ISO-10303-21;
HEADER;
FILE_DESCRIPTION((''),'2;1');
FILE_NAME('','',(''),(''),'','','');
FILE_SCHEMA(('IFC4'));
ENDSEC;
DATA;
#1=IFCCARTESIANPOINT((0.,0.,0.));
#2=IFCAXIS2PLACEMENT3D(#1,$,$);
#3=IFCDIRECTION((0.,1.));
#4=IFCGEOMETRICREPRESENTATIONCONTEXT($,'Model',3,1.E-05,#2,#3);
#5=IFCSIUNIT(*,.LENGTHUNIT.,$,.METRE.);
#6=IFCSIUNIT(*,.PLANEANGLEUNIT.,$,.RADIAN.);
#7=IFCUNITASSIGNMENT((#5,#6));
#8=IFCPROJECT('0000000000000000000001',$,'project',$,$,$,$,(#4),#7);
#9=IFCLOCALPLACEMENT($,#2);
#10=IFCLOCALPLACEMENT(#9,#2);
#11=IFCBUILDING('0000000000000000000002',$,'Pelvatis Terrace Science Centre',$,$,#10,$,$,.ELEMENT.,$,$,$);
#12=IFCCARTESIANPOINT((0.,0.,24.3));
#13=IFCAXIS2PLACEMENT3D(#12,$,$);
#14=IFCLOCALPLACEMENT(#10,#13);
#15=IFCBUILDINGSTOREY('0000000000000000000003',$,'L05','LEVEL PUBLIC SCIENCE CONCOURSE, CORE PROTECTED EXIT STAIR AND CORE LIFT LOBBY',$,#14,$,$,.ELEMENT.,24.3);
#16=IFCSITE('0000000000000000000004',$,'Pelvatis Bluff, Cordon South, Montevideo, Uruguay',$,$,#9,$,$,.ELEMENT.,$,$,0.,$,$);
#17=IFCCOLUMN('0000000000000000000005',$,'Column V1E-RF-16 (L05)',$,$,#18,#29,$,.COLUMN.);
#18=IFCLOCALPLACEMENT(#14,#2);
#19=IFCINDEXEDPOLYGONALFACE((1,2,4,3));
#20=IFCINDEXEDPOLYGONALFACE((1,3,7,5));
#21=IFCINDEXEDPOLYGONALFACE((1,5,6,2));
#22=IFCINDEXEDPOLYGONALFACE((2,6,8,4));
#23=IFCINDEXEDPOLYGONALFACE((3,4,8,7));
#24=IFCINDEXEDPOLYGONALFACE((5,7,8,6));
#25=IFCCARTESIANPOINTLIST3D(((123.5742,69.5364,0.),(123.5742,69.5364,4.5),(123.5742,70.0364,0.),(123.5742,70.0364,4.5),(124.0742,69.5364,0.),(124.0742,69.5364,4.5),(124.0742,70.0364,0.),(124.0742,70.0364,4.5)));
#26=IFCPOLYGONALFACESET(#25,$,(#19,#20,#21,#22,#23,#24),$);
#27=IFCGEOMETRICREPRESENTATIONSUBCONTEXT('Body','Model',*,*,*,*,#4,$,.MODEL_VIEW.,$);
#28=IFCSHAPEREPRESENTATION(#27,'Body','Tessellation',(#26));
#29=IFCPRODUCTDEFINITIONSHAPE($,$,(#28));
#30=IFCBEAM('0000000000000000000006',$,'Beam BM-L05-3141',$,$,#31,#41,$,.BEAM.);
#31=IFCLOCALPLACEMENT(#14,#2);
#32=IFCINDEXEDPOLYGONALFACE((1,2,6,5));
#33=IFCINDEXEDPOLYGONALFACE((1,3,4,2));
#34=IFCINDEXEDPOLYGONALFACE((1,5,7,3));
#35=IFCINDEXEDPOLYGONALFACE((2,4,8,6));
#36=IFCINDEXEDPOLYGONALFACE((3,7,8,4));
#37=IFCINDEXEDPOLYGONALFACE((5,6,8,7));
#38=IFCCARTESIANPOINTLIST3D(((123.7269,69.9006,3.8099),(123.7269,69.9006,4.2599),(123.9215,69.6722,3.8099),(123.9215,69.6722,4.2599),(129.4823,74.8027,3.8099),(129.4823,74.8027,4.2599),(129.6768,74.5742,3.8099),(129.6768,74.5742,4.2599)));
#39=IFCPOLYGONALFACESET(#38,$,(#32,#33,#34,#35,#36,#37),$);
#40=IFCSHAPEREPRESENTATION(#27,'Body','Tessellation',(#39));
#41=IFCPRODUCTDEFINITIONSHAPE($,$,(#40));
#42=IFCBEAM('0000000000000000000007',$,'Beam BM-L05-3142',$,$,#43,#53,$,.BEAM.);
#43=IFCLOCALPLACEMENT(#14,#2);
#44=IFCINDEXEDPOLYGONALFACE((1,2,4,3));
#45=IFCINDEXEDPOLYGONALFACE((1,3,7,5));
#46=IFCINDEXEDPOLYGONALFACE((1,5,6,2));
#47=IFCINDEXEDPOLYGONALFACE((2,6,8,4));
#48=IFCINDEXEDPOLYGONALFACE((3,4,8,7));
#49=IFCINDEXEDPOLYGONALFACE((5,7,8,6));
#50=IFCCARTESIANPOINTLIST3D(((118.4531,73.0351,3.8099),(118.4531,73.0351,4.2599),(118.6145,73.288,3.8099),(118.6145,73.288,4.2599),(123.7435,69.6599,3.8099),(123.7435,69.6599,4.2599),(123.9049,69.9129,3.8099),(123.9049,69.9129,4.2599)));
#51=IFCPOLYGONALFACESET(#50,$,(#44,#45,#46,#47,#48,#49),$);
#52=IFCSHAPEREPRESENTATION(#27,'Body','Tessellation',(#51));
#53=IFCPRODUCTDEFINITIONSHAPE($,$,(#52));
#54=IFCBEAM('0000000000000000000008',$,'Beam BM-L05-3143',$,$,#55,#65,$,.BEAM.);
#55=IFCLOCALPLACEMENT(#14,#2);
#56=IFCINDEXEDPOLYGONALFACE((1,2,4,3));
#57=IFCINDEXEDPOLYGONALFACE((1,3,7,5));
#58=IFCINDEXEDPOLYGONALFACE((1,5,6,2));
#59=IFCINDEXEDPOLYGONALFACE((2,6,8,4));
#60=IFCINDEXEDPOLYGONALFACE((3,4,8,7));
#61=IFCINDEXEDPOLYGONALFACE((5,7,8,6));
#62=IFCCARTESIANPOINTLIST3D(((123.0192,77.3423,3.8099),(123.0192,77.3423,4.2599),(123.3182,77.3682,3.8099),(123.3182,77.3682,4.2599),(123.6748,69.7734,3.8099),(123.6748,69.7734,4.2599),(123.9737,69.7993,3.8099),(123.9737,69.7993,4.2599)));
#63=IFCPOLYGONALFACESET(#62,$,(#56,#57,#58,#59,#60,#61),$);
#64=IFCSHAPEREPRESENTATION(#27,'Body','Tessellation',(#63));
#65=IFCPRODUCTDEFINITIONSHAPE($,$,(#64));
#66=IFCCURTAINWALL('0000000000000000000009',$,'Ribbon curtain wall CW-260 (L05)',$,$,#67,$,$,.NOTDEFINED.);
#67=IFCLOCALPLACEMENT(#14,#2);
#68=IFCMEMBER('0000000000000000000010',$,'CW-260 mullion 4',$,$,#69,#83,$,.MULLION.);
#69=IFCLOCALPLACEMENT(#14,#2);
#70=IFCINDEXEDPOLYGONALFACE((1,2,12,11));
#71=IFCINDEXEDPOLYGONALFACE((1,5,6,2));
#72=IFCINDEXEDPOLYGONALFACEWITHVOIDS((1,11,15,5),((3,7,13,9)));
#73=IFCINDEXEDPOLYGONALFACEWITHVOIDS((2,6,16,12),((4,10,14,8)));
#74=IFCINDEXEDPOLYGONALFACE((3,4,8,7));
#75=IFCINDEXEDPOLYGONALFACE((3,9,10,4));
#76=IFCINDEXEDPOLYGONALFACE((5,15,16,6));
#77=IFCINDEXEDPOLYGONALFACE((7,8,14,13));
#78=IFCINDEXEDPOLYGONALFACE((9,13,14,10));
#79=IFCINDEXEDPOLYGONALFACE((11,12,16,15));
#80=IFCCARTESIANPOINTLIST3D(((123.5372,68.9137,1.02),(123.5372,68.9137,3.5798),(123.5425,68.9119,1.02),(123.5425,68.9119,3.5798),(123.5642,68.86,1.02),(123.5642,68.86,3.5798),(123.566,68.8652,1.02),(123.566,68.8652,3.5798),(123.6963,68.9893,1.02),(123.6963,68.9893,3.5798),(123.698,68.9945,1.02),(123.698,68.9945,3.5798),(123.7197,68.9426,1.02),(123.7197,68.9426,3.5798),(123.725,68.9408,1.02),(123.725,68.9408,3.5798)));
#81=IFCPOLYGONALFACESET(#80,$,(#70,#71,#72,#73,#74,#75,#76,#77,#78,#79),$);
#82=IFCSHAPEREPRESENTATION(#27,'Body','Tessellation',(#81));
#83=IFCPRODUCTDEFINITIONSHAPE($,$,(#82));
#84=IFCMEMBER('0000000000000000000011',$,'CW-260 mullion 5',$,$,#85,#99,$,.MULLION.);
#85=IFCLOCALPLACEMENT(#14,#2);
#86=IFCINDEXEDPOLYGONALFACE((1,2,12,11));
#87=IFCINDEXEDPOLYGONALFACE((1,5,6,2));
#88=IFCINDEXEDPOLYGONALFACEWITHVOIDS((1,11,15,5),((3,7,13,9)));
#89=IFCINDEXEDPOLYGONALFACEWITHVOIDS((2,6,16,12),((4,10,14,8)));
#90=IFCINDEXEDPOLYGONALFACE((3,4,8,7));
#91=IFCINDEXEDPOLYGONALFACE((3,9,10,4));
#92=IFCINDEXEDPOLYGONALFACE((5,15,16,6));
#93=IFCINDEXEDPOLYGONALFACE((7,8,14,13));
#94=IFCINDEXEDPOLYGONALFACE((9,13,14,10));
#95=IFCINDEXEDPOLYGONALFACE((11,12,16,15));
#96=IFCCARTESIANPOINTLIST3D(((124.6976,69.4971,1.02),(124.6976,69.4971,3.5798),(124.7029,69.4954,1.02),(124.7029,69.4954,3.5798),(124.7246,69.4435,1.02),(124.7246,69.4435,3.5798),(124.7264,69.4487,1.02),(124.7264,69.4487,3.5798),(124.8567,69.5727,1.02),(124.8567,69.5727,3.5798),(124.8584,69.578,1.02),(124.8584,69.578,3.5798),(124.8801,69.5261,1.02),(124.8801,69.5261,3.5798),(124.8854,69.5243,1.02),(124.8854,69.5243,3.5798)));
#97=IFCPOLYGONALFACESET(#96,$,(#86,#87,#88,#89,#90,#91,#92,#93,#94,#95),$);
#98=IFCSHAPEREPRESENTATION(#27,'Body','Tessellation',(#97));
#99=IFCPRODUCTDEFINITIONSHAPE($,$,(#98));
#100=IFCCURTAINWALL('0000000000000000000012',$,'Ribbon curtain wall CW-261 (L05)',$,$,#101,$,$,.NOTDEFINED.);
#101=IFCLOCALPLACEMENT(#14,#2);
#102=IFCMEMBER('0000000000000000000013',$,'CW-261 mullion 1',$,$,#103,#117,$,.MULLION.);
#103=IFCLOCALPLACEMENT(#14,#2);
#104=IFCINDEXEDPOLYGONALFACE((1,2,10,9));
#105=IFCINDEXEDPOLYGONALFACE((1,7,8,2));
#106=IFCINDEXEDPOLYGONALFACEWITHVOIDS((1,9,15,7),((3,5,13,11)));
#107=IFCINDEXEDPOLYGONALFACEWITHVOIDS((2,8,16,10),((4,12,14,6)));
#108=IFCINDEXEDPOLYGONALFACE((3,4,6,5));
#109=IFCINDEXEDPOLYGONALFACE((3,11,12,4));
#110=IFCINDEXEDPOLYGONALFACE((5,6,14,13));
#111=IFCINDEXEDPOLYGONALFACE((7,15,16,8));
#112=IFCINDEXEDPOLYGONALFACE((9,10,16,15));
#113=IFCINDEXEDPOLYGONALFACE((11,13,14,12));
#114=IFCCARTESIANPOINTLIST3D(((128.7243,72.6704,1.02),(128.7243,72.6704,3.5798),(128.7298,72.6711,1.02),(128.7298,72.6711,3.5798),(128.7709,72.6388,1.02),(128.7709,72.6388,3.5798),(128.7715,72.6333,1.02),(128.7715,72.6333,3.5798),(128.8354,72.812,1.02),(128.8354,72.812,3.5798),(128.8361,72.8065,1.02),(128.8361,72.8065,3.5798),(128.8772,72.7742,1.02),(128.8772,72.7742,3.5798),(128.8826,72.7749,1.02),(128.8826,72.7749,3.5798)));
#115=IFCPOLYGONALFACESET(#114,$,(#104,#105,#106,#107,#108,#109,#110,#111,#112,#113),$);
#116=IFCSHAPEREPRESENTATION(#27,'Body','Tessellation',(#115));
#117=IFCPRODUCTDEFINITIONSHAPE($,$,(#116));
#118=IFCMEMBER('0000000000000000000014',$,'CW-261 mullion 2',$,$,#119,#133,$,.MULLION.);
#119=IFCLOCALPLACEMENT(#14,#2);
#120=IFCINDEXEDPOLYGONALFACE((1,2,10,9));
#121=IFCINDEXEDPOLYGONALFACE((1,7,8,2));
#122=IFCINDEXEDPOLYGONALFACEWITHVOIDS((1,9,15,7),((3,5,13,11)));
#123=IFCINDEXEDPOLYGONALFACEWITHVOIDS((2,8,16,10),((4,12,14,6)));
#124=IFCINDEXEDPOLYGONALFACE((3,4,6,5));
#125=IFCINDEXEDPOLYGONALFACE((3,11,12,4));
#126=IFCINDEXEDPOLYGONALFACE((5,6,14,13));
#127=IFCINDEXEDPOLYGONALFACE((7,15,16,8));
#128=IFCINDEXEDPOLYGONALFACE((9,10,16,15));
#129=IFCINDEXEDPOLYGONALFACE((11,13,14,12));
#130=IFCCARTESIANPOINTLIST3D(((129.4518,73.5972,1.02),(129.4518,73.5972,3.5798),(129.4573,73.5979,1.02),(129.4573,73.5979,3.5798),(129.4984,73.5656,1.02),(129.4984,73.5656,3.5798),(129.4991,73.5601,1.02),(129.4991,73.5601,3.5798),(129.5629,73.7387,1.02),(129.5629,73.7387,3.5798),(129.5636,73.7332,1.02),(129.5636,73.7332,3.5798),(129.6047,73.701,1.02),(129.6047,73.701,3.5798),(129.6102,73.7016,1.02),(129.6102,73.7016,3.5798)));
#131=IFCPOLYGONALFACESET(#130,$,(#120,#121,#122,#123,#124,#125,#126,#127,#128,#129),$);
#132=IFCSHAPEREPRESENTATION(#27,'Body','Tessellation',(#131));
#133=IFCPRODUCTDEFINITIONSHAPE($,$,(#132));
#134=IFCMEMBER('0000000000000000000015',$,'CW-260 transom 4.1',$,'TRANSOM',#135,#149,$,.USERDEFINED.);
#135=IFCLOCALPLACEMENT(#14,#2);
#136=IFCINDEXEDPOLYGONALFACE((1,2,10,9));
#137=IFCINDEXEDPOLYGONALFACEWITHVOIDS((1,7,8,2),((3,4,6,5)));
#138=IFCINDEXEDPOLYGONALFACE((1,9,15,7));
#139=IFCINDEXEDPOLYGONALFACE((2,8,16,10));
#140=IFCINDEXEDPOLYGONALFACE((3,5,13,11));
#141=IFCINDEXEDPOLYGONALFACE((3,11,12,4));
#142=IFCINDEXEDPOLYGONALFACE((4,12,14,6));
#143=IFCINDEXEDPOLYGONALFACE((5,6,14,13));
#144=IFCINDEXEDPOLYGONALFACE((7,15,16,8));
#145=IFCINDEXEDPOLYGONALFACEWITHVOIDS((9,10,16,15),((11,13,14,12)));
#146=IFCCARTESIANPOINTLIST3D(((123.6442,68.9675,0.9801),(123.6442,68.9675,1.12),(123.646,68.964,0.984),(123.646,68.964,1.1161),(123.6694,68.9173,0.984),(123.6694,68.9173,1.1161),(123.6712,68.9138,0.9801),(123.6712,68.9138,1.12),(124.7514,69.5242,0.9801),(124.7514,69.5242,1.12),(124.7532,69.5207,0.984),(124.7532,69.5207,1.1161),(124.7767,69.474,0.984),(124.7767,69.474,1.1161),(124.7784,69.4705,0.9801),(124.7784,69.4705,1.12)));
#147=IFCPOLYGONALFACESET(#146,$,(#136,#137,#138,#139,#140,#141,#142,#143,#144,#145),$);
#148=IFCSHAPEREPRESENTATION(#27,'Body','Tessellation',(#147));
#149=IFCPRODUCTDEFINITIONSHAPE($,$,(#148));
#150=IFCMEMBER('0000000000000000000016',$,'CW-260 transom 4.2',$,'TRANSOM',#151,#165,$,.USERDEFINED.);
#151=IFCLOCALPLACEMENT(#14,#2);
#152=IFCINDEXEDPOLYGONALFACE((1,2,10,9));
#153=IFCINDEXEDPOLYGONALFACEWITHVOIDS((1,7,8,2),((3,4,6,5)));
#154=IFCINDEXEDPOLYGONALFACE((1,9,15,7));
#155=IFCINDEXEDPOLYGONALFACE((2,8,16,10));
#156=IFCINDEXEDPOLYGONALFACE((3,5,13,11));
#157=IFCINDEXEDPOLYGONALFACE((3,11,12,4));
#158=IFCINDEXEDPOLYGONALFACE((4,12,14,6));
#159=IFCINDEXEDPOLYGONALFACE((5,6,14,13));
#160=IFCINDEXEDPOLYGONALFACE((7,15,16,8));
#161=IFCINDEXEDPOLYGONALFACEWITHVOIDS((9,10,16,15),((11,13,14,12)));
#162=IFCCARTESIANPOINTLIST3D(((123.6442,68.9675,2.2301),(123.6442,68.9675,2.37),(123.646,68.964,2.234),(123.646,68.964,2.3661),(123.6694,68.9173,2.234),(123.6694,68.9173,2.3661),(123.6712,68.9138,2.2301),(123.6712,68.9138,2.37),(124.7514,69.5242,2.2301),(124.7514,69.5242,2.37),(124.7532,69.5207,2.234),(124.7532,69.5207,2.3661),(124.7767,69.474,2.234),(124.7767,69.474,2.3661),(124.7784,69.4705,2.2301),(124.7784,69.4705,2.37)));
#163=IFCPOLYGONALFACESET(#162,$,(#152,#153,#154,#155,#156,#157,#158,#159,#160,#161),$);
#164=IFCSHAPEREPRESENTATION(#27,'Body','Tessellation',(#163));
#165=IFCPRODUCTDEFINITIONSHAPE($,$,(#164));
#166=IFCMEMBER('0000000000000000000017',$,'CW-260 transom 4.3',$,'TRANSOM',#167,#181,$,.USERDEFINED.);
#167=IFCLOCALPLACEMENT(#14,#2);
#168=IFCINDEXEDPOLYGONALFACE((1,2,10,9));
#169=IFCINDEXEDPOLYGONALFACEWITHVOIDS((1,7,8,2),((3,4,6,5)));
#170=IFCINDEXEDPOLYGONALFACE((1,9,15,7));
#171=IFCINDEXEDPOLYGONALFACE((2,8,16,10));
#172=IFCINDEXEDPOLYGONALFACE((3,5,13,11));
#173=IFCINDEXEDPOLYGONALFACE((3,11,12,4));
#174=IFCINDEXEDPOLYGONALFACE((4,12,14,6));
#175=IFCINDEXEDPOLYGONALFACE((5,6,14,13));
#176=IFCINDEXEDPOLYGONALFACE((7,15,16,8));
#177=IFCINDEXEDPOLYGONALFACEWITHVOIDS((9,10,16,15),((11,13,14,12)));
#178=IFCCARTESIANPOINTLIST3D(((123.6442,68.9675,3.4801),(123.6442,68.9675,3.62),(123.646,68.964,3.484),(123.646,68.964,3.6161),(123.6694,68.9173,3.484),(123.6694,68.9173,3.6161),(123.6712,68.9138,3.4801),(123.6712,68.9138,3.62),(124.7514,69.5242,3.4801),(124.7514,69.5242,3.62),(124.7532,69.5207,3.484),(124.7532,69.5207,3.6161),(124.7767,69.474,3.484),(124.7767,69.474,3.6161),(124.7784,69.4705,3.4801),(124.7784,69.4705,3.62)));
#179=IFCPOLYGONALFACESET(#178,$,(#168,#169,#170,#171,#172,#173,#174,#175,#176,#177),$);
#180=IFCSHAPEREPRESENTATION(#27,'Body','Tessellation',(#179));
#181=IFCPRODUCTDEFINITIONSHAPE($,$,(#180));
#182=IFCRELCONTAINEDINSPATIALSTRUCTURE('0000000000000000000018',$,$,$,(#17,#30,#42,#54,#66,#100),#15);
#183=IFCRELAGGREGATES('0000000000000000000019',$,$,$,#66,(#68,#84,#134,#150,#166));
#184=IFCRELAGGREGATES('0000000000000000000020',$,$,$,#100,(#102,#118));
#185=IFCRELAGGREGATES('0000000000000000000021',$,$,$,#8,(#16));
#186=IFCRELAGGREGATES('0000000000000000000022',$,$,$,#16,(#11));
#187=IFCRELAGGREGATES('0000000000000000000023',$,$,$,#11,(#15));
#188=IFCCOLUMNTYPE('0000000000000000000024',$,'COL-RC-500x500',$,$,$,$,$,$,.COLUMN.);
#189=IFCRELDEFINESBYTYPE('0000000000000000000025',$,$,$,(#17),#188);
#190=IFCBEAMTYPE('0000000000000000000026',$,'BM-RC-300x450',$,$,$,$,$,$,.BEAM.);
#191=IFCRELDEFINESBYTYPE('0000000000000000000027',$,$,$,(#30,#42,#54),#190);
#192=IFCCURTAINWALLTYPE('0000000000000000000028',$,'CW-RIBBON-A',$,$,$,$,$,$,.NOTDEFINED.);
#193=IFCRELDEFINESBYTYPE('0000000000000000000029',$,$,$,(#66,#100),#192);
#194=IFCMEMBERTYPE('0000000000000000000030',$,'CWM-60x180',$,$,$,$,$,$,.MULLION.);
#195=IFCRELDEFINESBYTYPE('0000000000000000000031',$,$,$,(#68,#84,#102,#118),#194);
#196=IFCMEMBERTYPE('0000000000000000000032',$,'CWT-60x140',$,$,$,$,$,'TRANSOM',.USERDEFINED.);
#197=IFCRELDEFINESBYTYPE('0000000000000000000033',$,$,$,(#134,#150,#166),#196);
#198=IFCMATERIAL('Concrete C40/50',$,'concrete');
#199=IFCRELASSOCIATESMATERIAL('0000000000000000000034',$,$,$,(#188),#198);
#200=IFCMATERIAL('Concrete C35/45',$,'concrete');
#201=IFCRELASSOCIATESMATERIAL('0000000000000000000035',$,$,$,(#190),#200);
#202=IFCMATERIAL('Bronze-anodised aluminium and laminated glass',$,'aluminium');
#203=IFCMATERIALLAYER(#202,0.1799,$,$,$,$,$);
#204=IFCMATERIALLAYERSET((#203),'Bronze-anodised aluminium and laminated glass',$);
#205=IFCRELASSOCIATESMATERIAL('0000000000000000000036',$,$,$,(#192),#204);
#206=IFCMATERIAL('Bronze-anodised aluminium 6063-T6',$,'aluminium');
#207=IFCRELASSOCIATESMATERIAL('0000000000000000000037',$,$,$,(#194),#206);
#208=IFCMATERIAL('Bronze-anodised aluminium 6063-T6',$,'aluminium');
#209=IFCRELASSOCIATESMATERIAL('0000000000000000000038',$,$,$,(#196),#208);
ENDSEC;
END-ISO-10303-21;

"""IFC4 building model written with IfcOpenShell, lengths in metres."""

from ifc_helpers import new_model, si_unit, direction, frame, origin, origin_2d, place, context, subcontext, project, spatial, rectangle, hollow_rectangle, extrude, material, layer, layer_set, material_profile, profile_set, type_object, element, aggregate, save


model = new_model("IFC4")

# Units and contexts
model_context = context("Model", 3, precision=1e-05, world=origin(), true_north=direction((0.0, 1.0)))
body_context = subcontext(model_context, "Body", "Model", "MODEL_VIEW")
ifc_project = project(units=[si_unit("LENGTHUNIT", "METRE"), si_unit("PLANEANGLEUNIT", "RADIAN")], contexts=[model_context])

# Site, building, storey
site_placement = place(None, origin())
site = spatial("IfcSite", under=ifc_project, at=site_placement, Name="Pelvatis Bluff, Cordon South, Montevideo, Uruguay", CompositionType="ELEMENT", RefElevation=0.0)
building_placement = place(site_placement, origin())
building = spatial("IfcBuilding", under=site, at=building_placement, Name="Pelvatis Terrace Science Centre", CompositionType="ELEMENT")
storey_placement = place(building_placement, frame((0.0, 0.0, 24.3)))
storey = spatial("IfcBuildingStorey", under=building, at=storey_placement, Name="L05", Description="LEVEL PUBLIC SCIENCE CONCOURSE, CORE PROTECTED EXIT STAIR AND CORE LIFT LOBBY", CompositionType="ELEMENT", Elevation=24.3)

# Column
ifc_material_1 = material(Name="Concrete C40/50", Category="concrete")
ifc_material_profile_1 = material_profile(ifc_material_1, rectangle(XDim=0.5, YDim=0.5, at=origin_2d()), Name="RC-COL 500x500")
ifc_profile_set_1 = profile_set([ifc_material_profile_1], Name="Concrete C40/50")
column_type = type_object("IfcColumnType", Name="COL-RC-500x500", PredefinedType="COLUMN", material=ifc_profile_set_1)
column_placement = place(storey_placement, frame((123.8242, 69.7864, 0.0), z_axis=(0.0, 0.0, 1.0), x_axis=(1.0, 0.0, 0.0)))
element("IfcColumn", 1, at=column_placement, inside=storey, type_object=column_type, Name="Column V1E-RF-16 (L05)", PredefinedType="COLUMN", context=body_context, shape_type="SweptSolid", body=[
    extrude(rectangle(XDim=0.5, YDim=0.5, at=origin_2d()), origin(), (0.0, 0.0, 1.0), 4.5),
])

# Beams
ifc_material_2 = material(Name="Concrete C35/45", Category="concrete")
ifc_material_profile_2 = material_profile(ifc_material_2, rectangle(XDim=0.3, YDim=0.45, at=origin_2d()), Name="RC-BM 300x450")
ifc_profile_set_2 = profile_set([ifc_material_profile_2], Name="Concrete C35/45")
beam_type = type_object("IfcBeamType", Name="BM-RC-300x450", PredefinedType="BEAM", material=ifc_profile_set_2)
beam_1_placement = place(storey_placement, frame((123.8242, 69.7864, 4.0349), z_axis=(0.761284, 0.648419, 0.0), x_axis=(-0.648419, 0.761284, 0.0)))
element("IfcBeam", 2, at=beam_1_placement, inside=storey, type_object=beam_type, Name="Beam BM-L05-3141", PredefinedType="BEAM", context=body_context, shape_type="SweptSolid", body=[
    extrude(rectangle(XDim=0.3, YDim=0.45, at=origin_2d()), origin(), (0.0, 0.0, 1.0), 7.5601),
])
beam_2_placement = place(storey_placement, frame((123.8242, 69.7864, 4.0349), z_axis=(-0.843044, 0.537844, 0.0), x_axis=(-0.537844, -0.843044, 0.0)))
element("IfcBeam", 3, at=beam_2_placement, inside=storey, type_object=beam_type, Name="Beam BM-L05-3142", PredefinedType="BEAM", context=body_context, shape_type="SweptSolid", body=[
    extrude(rectangle(XDim=0.3, YDim=0.45, at=origin_2d()), origin(), (0.0, 0.0, 1.0), 6.2754),
])
beam_3_placement = place(storey_placement, frame((123.8242, 69.7864, 4.0349), z_axis=(-0.086284, 0.996271, 0.0), x_axis=(-0.996271, -0.086284, 0.0)))
element("IfcBeam", 4, at=beam_3_placement, inside=storey, type_object=beam_type, Name="Beam BM-L05-3143", PredefinedType="BEAM", context=body_context, shape_type="SweptSolid", body=[
    extrude(rectangle(XDim=0.3, YDim=0.45, at=origin_2d()), origin(), (0.0, 0.0, 1.0), 7.5972),
])

# Curtain walls, members
ifc_material_3 = material(Name="Bronze-anodised aluminium and laminated glass", Category="aluminium")
ifc_layer_1 = layer(ifc_material_3, 0.1799)
ifc_layer_set_1 = layer_set([ifc_layer_1], Name="Bronze-anodised aluminium and laminated glass")
curtain_wall_type = type_object("IfcCurtainWallType", Name="CW-RIBBON-A", PredefinedType="NOTDEFINED", material=ifc_layer_set_1)
curtain_wall_1_placement = place(storey_placement, origin())
curtain_wall_1 = element("IfcCurtainWall", 5, at=curtain_wall_1_placement, inside=storey, type_object=curtain_wall_type, Name="Ribbon curtain wall CW-260 (L05)", PredefinedType="NOTDEFINED")
ifc_material_4 = material(Name="Bronze-anodised aluminium 6063-T6", Category="aluminium")
ifc_material_profile_3 = material_profile(ifc_material_4, hollow_rectangle(XDim=0.0601, YDim=0.1799, WallThickness=0.0039, at=origin_2d()), Name="ALU-MUL 60x180")
ifc_profile_set_3 = profile_set([ifc_material_profile_3], Name="Bronze-anodised aluminium 6063-T6")
member_type_1 = type_object("IfcMemberType", Name="CWM-60x180", PredefinedType="MULLION", material=ifc_profile_set_3)
member_1_placement = place(storey_placement, frame((123.6311, 68.9272, 1.02), z_axis=(0.0, 0.0, 1.0), x_axis=(-0.449304, 0.893379, 0.0)))
member_1 = element("IfcMember", 6, at=member_1_placement, type_object=member_type_1, Name="CW-260 mullion 4", PredefinedType="MULLION", context=body_context, shape_type="SweptSolid", body=[
    extrude(hollow_rectangle(XDim=0.0601, YDim=0.1799, WallThickness=0.0039, at=origin_2d()), origin(), (0.0, 0.0, 1.0), 2.5598),
])
member_2_placement = place(storey_placement, frame((124.7915, 69.5107, 1.02), z_axis=(0.0, 0.0, 1.0), x_axis=(-0.449304, 0.893379, 0.0)))
member_2 = element("IfcMember", 7, at=member_2_placement, type_object=member_type_1, Name="CW-260 mullion 5", PredefinedType="MULLION", context=body_context, shape_type="SweptSolid", body=[
    extrude(hollow_rectangle(XDim=0.0601, YDim=0.1799, WallThickness=0.0039, at=origin_2d()), origin(), (0.0, 0.0, 1.0), 2.5598),
])
curtain_wall_2_placement = place(storey_placement, origin())
curtain_wall_2 = element("IfcCurtainWall", 8, at=curtain_wall_2_placement, inside=storey, type_object=curtain_wall_type, Name="Ribbon curtain wall CW-261 (L05)", PredefinedType="NOTDEFINED")
member_3_placement = place(storey_placement, frame((128.8035, 72.7227, 1.02), z_axis=(0.0, 0.0, 1.0), x_axis=(-0.786577, 0.617493, 0.0)))
member_3 = element("IfcMember", 9, at=member_3_placement, type_object=member_type_1, Name="CW-261 mullion 1", PredefinedType="MULLION", context=body_context, shape_type="SweptSolid", body=[
    extrude(hollow_rectangle(XDim=0.0601, YDim=0.1799, WallThickness=0.0039, at=origin_2d()), origin(), (0.0, 0.0, 1.0), 2.5598),
])
member_4_placement = place(storey_placement, frame((129.531, 73.6494, 1.02), z_axis=(0.0, 0.0, 1.0), x_axis=(-0.786577, 0.617493, 0.0)))
member_4 = element("IfcMember", 10, at=member_4_placement, type_object=member_type_1, Name="CW-261 mullion 2", PredefinedType="MULLION", context=body_context, shape_type="SweptSolid", body=[
    extrude(hollow_rectangle(XDim=0.0601, YDim=0.1799, WallThickness=0.0039, at=origin_2d()), origin(), (0.0, 0.0, 1.0), 2.5598),
])

# Members
ifc_material_5 = material(Name="Bronze-anodised aluminium 6063-T6", Category="aluminium")
ifc_material_profile_4 = material_profile(ifc_material_5, hollow_rectangle(XDim=0.0601, YDim=0.1399, WallThickness=0.0039, at=origin_2d()), Name="ALU-TRN 60x140")
ifc_profile_set_4 = profile_set([ifc_material_profile_4], Name="Bronze-anodised aluminium 6063-T6")
member_type_2 = type_object("IfcMemberType", Name="CWT-60x140", ElementType="TRANSOM", PredefinedType="USERDEFINED", material=ifc_profile_set_4)
member_5_placement = place(storey_placement, frame((123.6577, 68.9407, 1.05), z_axis=(0.89344, 0.449183, 0.0), x_axis=(-0.449183, 0.89344, 0.0)))
member_5 = element("IfcMember", 11, at=member_5_placement, type_object=member_type_2, Name="CW-260 transom 4.1", ObjectType="TRANSOM", PredefinedType="USERDEFINED", context=body_context, shape_type="SweptSolid", body=[
    extrude(hollow_rectangle(XDim=0.0601, YDim=0.1399, WallThickness=0.0039, at=origin_2d()), origin(), (0.0, 0.0, 1.0), 1.2393),
])
member_6_placement = place(storey_placement, frame((123.6577, 68.9407, 2.3), z_axis=(0.89344, 0.449183, 0.0), x_axis=(-0.449183, 0.89344, 0.0)))
member_6 = element("IfcMember", 12, at=member_6_placement, type_object=member_type_2, Name="CW-260 transom 4.2", ObjectType="TRANSOM", PredefinedType="USERDEFINED", context=body_context, shape_type="SweptSolid", body=[
    extrude(hollow_rectangle(XDim=0.0601, YDim=0.1399, WallThickness=0.0039, at=origin_2d()), origin(), (0.0, 0.0, 1.0), 1.2393),
])
member_7_placement = place(storey_placement, frame((123.6577, 68.9407, 3.55), z_axis=(0.89344, 0.449183, 0.0), x_axis=(-0.449183, 0.89344, 0.0)))
member_7 = element("IfcMember", 13, at=member_7_placement, type_object=member_type_2, Name="CW-260 transom 4.3", ObjectType="TRANSOM", PredefinedType="USERDEFINED", context=body_context, shape_type="SweptSolid", body=[
    extrude(hollow_rectangle(XDim=0.0601, YDim=0.1399, WallThickness=0.0039, at=origin_2d()), origin(), (0.0, 0.0, 1.0), 1.2393),
])

aggregate(curtain_wall_1, [member_1, member_2, member_5, member_6, member_7])
aggregate(curtain_wall_2, [member_3, member_4])

save(model, "model.ifc")
